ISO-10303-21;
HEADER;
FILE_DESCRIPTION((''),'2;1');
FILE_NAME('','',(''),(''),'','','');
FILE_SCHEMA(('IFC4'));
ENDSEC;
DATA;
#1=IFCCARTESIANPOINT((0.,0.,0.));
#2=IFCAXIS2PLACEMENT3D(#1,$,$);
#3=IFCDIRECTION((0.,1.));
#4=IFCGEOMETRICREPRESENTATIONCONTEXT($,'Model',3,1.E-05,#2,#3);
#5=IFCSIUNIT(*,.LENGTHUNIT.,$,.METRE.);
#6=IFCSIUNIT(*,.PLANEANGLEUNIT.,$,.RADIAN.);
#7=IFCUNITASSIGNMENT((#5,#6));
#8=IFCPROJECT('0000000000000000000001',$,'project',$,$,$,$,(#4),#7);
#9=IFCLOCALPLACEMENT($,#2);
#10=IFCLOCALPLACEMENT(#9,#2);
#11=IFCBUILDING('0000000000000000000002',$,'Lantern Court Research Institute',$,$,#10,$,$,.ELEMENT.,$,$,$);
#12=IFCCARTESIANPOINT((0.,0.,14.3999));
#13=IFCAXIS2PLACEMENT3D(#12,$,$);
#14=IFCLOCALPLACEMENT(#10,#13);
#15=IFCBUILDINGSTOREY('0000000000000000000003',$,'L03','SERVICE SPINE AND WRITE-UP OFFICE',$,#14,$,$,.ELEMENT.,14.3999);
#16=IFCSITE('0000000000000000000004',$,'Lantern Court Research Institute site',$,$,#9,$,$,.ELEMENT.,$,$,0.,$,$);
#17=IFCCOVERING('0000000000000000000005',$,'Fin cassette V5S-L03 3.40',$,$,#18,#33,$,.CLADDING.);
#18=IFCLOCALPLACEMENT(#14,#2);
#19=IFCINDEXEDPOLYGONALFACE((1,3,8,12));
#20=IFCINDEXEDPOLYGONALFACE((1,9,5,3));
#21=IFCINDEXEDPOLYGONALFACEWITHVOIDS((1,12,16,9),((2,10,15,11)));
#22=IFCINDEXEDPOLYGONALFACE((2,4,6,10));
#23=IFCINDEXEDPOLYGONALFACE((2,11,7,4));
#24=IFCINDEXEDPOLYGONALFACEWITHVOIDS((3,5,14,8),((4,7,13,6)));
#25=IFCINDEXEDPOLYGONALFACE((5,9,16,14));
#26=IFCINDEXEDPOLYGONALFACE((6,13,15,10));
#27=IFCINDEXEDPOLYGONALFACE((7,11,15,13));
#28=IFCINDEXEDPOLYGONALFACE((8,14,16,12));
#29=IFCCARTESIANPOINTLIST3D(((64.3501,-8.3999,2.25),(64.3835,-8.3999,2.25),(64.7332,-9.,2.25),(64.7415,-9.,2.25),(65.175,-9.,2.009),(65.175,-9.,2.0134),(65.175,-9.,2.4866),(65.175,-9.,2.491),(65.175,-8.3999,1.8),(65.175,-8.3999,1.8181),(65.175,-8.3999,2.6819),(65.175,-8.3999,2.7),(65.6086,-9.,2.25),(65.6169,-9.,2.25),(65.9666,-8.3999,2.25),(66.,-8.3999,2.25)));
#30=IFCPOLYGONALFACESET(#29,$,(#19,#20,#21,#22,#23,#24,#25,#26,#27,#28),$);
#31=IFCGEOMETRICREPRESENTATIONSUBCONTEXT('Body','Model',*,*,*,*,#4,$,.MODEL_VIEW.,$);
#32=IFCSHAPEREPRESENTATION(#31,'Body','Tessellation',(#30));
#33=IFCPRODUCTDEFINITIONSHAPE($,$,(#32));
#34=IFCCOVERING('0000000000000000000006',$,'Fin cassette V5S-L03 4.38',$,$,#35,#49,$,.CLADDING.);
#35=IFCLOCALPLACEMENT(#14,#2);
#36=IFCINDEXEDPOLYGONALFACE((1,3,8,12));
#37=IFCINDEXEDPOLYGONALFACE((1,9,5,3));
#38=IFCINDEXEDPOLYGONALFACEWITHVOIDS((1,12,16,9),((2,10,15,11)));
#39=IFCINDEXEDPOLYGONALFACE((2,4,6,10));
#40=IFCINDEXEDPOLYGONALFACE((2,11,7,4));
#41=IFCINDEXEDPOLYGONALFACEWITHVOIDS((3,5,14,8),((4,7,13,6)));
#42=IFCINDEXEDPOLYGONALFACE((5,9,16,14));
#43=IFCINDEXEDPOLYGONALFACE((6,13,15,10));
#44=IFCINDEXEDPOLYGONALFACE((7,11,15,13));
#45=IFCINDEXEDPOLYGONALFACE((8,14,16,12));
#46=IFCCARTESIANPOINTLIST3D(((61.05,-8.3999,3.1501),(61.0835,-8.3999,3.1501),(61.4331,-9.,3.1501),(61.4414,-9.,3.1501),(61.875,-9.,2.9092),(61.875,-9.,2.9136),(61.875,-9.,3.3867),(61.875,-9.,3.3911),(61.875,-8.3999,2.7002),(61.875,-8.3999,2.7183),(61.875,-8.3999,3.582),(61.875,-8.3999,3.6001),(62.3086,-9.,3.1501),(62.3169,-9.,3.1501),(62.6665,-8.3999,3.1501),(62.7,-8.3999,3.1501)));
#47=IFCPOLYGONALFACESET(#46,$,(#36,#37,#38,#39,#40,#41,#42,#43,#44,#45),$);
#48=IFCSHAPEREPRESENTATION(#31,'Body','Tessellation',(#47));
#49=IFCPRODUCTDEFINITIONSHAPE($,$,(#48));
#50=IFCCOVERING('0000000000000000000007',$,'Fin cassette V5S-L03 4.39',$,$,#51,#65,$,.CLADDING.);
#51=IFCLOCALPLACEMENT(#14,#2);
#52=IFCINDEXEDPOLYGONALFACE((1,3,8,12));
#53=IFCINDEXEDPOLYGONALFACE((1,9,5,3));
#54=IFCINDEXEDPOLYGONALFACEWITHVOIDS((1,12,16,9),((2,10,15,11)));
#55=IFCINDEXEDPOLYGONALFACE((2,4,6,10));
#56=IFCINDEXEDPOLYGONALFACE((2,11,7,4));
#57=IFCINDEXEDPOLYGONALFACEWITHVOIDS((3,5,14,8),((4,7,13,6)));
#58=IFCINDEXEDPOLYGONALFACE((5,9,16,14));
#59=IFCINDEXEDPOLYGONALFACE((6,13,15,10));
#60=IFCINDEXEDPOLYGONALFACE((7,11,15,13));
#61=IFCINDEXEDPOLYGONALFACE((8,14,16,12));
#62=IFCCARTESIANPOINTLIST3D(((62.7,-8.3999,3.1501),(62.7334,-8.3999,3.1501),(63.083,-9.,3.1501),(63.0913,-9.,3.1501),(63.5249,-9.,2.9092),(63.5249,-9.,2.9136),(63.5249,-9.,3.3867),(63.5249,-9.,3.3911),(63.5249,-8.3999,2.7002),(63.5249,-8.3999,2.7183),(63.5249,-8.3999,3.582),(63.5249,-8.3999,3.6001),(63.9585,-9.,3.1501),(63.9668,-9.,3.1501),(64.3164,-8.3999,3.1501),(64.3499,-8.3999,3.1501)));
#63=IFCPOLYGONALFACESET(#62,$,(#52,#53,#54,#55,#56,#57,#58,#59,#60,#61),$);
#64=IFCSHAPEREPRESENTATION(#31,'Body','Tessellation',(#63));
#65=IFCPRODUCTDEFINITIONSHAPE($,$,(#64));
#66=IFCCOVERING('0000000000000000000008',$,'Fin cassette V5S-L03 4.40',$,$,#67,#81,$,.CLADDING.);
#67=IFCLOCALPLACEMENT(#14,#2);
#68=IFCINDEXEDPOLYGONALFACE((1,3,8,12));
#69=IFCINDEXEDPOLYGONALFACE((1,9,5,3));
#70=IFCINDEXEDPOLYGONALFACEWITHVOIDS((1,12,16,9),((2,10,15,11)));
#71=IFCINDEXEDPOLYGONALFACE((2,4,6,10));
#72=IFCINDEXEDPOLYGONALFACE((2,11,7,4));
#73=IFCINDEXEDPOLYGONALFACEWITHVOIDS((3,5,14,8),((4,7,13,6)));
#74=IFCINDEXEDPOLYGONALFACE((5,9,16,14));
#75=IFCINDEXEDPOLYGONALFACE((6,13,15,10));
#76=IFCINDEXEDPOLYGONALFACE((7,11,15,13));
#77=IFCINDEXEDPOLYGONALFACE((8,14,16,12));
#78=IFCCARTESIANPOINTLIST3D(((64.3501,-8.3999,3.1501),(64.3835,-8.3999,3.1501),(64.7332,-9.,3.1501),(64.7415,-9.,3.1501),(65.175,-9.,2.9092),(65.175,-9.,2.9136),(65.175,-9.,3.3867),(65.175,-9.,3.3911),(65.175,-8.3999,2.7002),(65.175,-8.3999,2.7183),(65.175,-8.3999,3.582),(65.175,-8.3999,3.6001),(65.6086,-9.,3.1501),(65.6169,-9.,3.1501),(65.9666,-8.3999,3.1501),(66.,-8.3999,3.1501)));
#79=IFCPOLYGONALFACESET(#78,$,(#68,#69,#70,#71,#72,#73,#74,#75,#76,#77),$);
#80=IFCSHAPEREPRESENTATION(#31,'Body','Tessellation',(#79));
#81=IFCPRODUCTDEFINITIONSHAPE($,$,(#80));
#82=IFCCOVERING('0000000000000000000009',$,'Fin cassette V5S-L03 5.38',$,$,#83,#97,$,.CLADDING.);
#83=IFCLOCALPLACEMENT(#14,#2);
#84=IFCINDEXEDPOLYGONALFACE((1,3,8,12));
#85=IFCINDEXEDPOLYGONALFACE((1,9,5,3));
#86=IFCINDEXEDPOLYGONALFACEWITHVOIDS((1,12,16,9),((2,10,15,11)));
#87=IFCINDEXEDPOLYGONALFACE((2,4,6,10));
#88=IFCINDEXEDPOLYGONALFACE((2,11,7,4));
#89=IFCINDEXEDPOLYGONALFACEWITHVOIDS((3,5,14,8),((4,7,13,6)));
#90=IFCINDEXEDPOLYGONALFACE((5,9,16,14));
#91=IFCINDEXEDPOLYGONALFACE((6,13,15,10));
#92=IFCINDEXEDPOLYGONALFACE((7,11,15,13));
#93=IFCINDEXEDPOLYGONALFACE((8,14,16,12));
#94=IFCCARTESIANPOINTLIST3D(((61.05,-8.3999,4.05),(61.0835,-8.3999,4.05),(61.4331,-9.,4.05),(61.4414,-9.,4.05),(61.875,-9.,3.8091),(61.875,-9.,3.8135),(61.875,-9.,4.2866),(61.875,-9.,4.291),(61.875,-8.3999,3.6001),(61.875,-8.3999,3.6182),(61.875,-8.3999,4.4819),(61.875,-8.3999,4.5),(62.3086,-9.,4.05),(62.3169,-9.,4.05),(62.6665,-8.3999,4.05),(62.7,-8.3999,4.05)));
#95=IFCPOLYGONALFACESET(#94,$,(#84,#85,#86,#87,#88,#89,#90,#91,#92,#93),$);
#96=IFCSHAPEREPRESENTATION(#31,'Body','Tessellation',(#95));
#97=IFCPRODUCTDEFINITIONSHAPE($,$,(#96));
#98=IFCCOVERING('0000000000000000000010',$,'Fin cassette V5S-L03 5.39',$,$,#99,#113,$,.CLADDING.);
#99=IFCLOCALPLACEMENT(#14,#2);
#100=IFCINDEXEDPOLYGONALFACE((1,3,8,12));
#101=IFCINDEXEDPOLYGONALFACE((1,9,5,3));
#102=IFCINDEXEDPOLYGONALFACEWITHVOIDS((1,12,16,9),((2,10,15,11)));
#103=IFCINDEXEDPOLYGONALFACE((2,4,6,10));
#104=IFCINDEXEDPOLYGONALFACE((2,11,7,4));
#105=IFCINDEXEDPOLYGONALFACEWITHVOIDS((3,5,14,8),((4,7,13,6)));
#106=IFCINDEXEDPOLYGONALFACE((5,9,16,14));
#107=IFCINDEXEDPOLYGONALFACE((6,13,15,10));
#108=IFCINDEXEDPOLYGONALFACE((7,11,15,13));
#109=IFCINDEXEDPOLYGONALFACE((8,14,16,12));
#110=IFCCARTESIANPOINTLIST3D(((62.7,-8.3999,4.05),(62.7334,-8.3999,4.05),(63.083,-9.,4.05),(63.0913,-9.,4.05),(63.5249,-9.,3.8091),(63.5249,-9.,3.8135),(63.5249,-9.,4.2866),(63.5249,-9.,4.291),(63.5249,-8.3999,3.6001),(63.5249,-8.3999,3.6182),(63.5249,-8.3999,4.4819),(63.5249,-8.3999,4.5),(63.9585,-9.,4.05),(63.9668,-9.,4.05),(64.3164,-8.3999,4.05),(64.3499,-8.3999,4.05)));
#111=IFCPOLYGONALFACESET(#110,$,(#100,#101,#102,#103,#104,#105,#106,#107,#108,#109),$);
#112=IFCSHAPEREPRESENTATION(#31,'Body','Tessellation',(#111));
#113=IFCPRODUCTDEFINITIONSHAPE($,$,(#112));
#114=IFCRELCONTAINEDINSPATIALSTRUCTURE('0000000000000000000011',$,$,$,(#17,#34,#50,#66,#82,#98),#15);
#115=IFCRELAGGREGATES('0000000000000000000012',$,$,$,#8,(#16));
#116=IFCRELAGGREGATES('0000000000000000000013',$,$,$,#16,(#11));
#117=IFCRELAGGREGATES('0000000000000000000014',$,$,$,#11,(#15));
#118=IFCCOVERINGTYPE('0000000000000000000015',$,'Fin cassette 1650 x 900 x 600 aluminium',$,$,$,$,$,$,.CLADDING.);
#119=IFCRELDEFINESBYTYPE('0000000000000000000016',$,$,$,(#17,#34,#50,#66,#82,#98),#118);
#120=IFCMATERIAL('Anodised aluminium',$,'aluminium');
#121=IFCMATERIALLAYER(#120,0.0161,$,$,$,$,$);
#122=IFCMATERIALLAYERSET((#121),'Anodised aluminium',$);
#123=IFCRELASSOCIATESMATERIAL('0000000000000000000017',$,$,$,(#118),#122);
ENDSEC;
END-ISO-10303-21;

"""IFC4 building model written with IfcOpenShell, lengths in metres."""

from ifc_helpers import new_model, entity, si_unit, direction, frame, origin, place, context, subcontext, project, spatial, material, layer, layer_set, type_object, element, save


model = new_model("IFC4")

# Units and contexts
model_context = context("Model", 3, precision=1e-05, world=origin(), true_north=direction((0.0, 1.0)))
body_context = subcontext(model_context, "Body", "Model", "MODEL_VIEW")
ifc_project = project(units=[si_unit("LENGTHUNIT", "METRE"), si_unit("PLANEANGLEUNIT", "RADIAN")], contexts=[model_context])

# Site, building, storey
site_placement = place(None, origin())
site = spatial("IfcSite", under=ifc_project, at=site_placement, Name="Lantern Court Research Institute site", CompositionType="ELEMENT", RefElevation=0.0)
building_placement = place(site_placement, origin())
building = spatial("IfcBuilding", under=site, at=building_placement, Name="Lantern Court Research Institute", CompositionType="ELEMENT")
storey_placement = place(building_placement, frame((0.0, 0.0, 14.3999)))
storey = spatial("IfcBuildingStorey", under=building, at=storey_placement, Name="L03", Description="SERVICE SPINE AND WRITE-UP OFFICE", CompositionType="ELEMENT", Elevation=14.3999)

# Coverings
ifc_material_1 = material(Name="Anodised aluminium", Category="aluminium")
ifc_layer_1 = layer(ifc_material_1, 0.0161)
ifc_layer_set_1 = layer_set([ifc_layer_1], Name="Anodised aluminium")
covering_type = type_object("IfcCoveringType", Name="Fin cassette 1650 x 900 x 600 aluminium", PredefinedType="CLADDING", material=ifc_layer_set_1)
covering_1_placement = place(storey_placement, frame((65.175, -8.3999, 2.25), z_axis=(0.0, -1.0, 0.0), x_axis=(1.0, 0.0, 0.0)))
cartesian_point_1 = entity("IfcCartesianPoint", [0.825, 0.0])
cartesian_point_2 = entity("IfcCartesianPoint", [0.7915, 0.0])
cartesian_point_3 = entity("IfcCartesianPoint", [0.4419, 0.0])
cartesian_point_4 = entity("IfcCartesianPoint", [0.4336, 0.0])
element("IfcCovering", 1, at=covering_1_placement, inside=storey, type_object=covering_type, Name="Fin cassette V5S-L03 3.40", PredefinedType="CLADDING", context=body_context, shape_type="SweptSolid", body=[
    entity("IfcExtrudedAreaSolidTapered", entity("IfcArbitraryProfileDefWithVoids", "AREA", None, entity("IfcPolyline", [cartesian_point_1, entity("IfcCartesianPoint", [0.0, 0.45]), entity("IfcCartesianPoint", [-0.825, 0.0]), entity("IfcCartesianPoint", [0.0, -0.45]), cartesian_point_1]), [entity("IfcPolyline", [cartesian_point_2, entity("IfcCartesianPoint", [0.0, 0.4319]), entity("IfcCartesianPoint", [-0.7915, 0.0]), entity("IfcCartesianPoint", [0.0, -0.4319]), cartesian_point_2])]), entity("IfcAxis2Placement3D", entity("IfcCartesianPoint", [0.0, 0.0, 0.0])), entity("IfcDirection", [0.0, 0.0, 1.0]), 0.6001, entity("IfcArbitraryProfileDefWithVoids", "AREA", None, entity("IfcPolyline", [cartesian_point_3, entity("IfcCartesianPoint", [0.0, 0.241]), entity("IfcCartesianPoint", [-0.4419, 0.0]), entity("IfcCartesianPoint", [0.0, -0.241]), cartesian_point_3]), [entity("IfcPolyline", [cartesian_point_4, entity("IfcCartesianPoint", [0.0, 0.2366]), entity("IfcCartesianPoint", [-0.4336, 0.0]), entity("IfcCartesianPoint", [0.0, -0.2366]), cartesian_point_4])])),
])
covering_2_placement = place(storey_placement, frame((61.875, -8.3999, 3.1501), z_axis=(0.0, -1.0, 0.0), x_axis=(1.0, 0.0, 0.0)))
cartesian_point_5 = entity("IfcCartesianPoint", [0.825, 0.0])
cartesian_point_6 = entity("IfcCartesianPoint", [0.7915, 0.0])
cartesian_point_7 = entity("IfcCartesianPoint", [0.4419, 0.0])
cartesian_point_8 = entity("IfcCartesianPoint", [0.4336, 0.0])
element("IfcCovering", 2, at=covering_2_placement, inside=storey, type_object=covering_type, Name="Fin cassette V5S-L03 4.38", PredefinedType="CLADDING", context=body_context, shape_type="SweptSolid", body=[
    entity("IfcExtrudedAreaSolidTapered", entity("IfcArbitraryProfileDefWithVoids", "AREA", None, entity("IfcPolyline", [cartesian_point_5, entity("IfcCartesianPoint", [0.0, 0.45]), entity("IfcCartesianPoint", [-0.825, 0.0]), entity("IfcCartesianPoint", [0.0, -0.45]), cartesian_point_5]), [entity("IfcPolyline", [cartesian_point_6, entity("IfcCartesianPoint", [0.0, 0.4319]), entity("IfcCartesianPoint", [-0.7915, 0.0]), entity("IfcCartesianPoint", [0.0, -0.4319]), cartesian_point_6])]), entity("IfcAxis2Placement3D", entity("IfcCartesianPoint", [0.0, 0.0, 0.0])), entity("IfcDirection", [0.0, 0.0, 1.0]), 0.6001, entity("IfcArbitraryProfileDefWithVoids", "AREA", None, entity("IfcPolyline", [cartesian_point_7, entity("IfcCartesianPoint", [0.0, 0.241]), entity("IfcCartesianPoint", [-0.4419, 0.0]), entity("IfcCartesianPoint", [0.0, -0.241]), cartesian_point_7]), [entity("IfcPolyline", [cartesian_point_8, entity("IfcCartesianPoint", [0.0, 0.2366]), entity("IfcCartesianPoint", [-0.4336, 0.0]), entity("IfcCartesianPoint", [0.0, -0.2366]), cartesian_point_8])])),
])
covering_3_placement = place(storey_placement, frame((63.5249, -8.3999, 3.1501), z_axis=(0.0, -1.0, 0.0), x_axis=(1.0, 0.0, 0.0)))
cartesian_point_9 = entity("IfcCartesianPoint", [0.825, 0.0])
cartesian_point_10 = entity("IfcCartesianPoint", [0.7915, 0.0])
cartesian_point_11 = entity("IfcCartesianPoint", [0.4419, 0.0])
cartesian_point_12 = entity("IfcCartesianPoint", [0.4336, 0.0])
element("IfcCovering", 3, at=covering_3_placement, inside=storey, type_object=covering_type, Name="Fin cassette V5S-L03 4.39", PredefinedType="CLADDING", context=body_context, shape_type="SweptSolid", body=[
    entity("IfcExtrudedAreaSolidTapered", entity("IfcArbitraryProfileDefWithVoids", "AREA", None, entity("IfcPolyline", [cartesian_point_9, entity("IfcCartesianPoint", [0.0, 0.45]), entity("IfcCartesianPoint", [-0.825, 0.0]), entity("IfcCartesianPoint", [0.0, -0.45]), cartesian_point_9]), [entity("IfcPolyline", [cartesian_point_10, entity("IfcCartesianPoint", [0.0, 0.4319]), entity("IfcCartesianPoint", [-0.7915, 0.0]), entity("IfcCartesianPoint", [0.0, -0.4319]), cartesian_point_10])]), entity("IfcAxis2Placement3D", entity("IfcCartesianPoint", [0.0, 0.0, 0.0])), entity("IfcDirection", [0.0, 0.0, 1.0]), 0.6001, entity("IfcArbitraryProfileDefWithVoids", "AREA", None, entity("IfcPolyline", [cartesian_point_11, entity("IfcCartesianPoint", [0.0, 0.241]), entity("IfcCartesianPoint", [-0.4419, 0.0]), entity("IfcCartesianPoint", [0.0, -0.241]), cartesian_point_11]), [entity("IfcPolyline", [cartesian_point_12, entity("IfcCartesianPoint", [0.0, 0.2366]), entity("IfcCartesianPoint", [-0.4336, 0.0]), entity("IfcCartesianPoint", [0.0, -0.2366]), cartesian_point_12])])),
])
covering_4_placement = place(storey_placement, frame((65.175, -8.3999, 3.1501), z_axis=(0.0, -1.0, 0.0), x_axis=(1.0, 0.0, 0.0)))
cartesian_point_13 = entity("IfcCartesianPoint", [0.825, 0.0])
cartesian_point_14 = entity("IfcCartesianPoint", [0.7915, 0.0])
cartesian_point_15 = entity("IfcCartesianPoint", [0.4419, 0.0])
cartesian_point_16 = entity("IfcCartesianPoint", [0.4336, 0.0])
element("IfcCovering", 4, at=covering_4_placement, inside=storey, type_object=covering_type, Name="Fin cassette V5S-L03 4.40", PredefinedType="CLADDING", context=body_context, shape_type="SweptSolid", body=[
    entity("IfcExtrudedAreaSolidTapered", entity("IfcArbitraryProfileDefWithVoids", "AREA", None, entity("IfcPolyline", [cartesian_point_13, entity("IfcCartesianPoint", [0.0, 0.45]), entity("IfcCartesianPoint", [-0.825, 0.0]), entity("IfcCartesianPoint", [0.0, -0.45]), cartesian_point_13]), [entity("IfcPolyline", [cartesian_point_14, entity("IfcCartesianPoint", [0.0, 0.4319]), entity("IfcCartesianPoint", [-0.7915, 0.0]), entity("IfcCartesianPoint", [0.0, -0.4319]), cartesian_point_14])]), entity("IfcAxis2Placement3D", entity("IfcCartesianPoint", [0.0, 0.0, 0.0])), entity("IfcDirection", [0.0, 0.0, 1.0]), 0.6001, entity("IfcArbitraryProfileDefWithVoids", "AREA", None, entity("IfcPolyline", [cartesian_point_15, entity("IfcCartesianPoint", [0.0, 0.241]), entity("IfcCartesianPoint", [-0.4419, 0.0]), entity("IfcCartesianPoint", [0.0, -0.241]), cartesian_point_15]), [entity("IfcPolyline", [cartesian_point_16, entity("IfcCartesianPoint", [0.0, 0.2366]), entity("IfcCartesianPoint", [-0.4336, 0.0]), entity("IfcCartesianPoint", [0.0, -0.2366]), cartesian_point_16])])),
])
covering_5_placement = place(storey_placement, frame((61.875, -8.3999, 4.05), z_axis=(0.0, -1.0, 0.0), x_axis=(1.0, 0.0, 0.0)))
cartesian_point_17 = entity("IfcCartesianPoint", [0.825, 0.0])
cartesian_point_18 = entity("IfcCartesianPoint", [0.7915, 0.0])
cartesian_point_19 = entity("IfcCartesianPoint", [0.4419, 0.0])
cartesian_point_20 = entity("IfcCartesianPoint", [0.4336, 0.0])
element("IfcCovering", 5, at=covering_5_placement, inside=storey, type_object=covering_type, Name="Fin cassette V5S-L03 5.38", PredefinedType="CLADDING", context=body_context, shape_type="SweptSolid", body=[
    entity("IfcExtrudedAreaSolidTapered", entity("IfcArbitraryProfileDefWithVoids", "AREA", None, entity("IfcPolyline", [cartesian_point_17, entity("IfcCartesianPoint", [0.0, 0.45]), entity("IfcCartesianPoint", [-0.825, 0.0]), entity("IfcCartesianPoint", [0.0, -0.45]), cartesian_point_17]), [entity("IfcPolyline", [cartesian_point_18, entity("IfcCartesianPoint", [0.0, 0.4319]), entity("IfcCartesianPoint", [-0.7915, 0.0]), entity("IfcCartesianPoint", [0.0, -0.4319]), cartesian_point_18])]), entity("IfcAxis2Placement3D", entity("IfcCartesianPoint", [0.0, 0.0, 0.0])), entity("IfcDirection", [0.0, 0.0, 1.0]), 0.6001, entity("IfcArbitraryProfileDefWithVoids", "AREA", None, entity("IfcPolyline", [cartesian_point_19, entity("IfcCartesianPoint", [0.0, 0.241]), entity("IfcCartesianPoint", [-0.4419, 0.0]), entity("IfcCartesianPoint", [0.0, -0.241]), cartesian_point_19]), [entity("IfcPolyline", [cartesian_point_20, entity("IfcCartesianPoint", [0.0, 0.2366]), entity("IfcCartesianPoint", [-0.4336, 0.0]), entity("IfcCartesianPoint", [0.0, -0.2366]), cartesian_point_20])])),
])
covering_6_placement = place(storey_placement, frame((63.5249, -8.3999, 4.05), z_axis=(0.0, -1.0, 0.0), x_axis=(1.0, 0.0, 0.0)))
cartesian_point_21 = entity("IfcCartesianPoint", [0.825, 0.0])
cartesian_point_22 = entity("IfcCartesianPoint", [0.7915, 0.0])
cartesian_point_23 = entity("IfcCartesianPoint", [0.4419, 0.0])
cartesian_point_24 = entity("IfcCartesianPoint", [0.4336, 0.0])
element("IfcCovering", 6, at=covering_6_placement, inside=storey, type_object=covering_type, Name="Fin cassette V5S-L03 5.39", PredefinedType="CLADDING", context=body_context, shape_type="SweptSolid", body=[
    entity("IfcExtrudedAreaSolidTapered", entity("IfcArbitraryProfileDefWithVoids", "AREA", None, entity("IfcPolyline", [cartesian_point_21, entity("IfcCartesianPoint", [0.0, 0.45]), entity("IfcCartesianPoint", [-0.825, 0.0]), entity("IfcCartesianPoint", [0.0, -0.45]), cartesian_point_21]), [entity("IfcPolyline", [cartesian_point_22, entity("IfcCartesianPoint", [0.0, 0.4319]), entity("IfcCartesianPoint", [-0.7915, 0.0]), entity("IfcCartesianPoint", [0.0, -0.4319]), cartesian_point_22])]), entity("IfcAxis2Placement3D", entity("IfcCartesianPoint", [0.0, 0.0, 0.0])), entity("IfcDirection", [0.0, 0.0, 1.0]), 0.6001, entity("IfcArbitraryProfileDefWithVoids", "AREA", None, entity("IfcPolyline", [cartesian_point_23, entity("IfcCartesianPoint", [0.0, 0.241]), entity("IfcCartesianPoint", [-0.4419, 0.0]), entity("IfcCartesianPoint", [0.0, -0.241]), cartesian_point_23]), [entity("IfcPolyline", [cartesian_point_24, entity("IfcCartesianPoint", [0.0, 0.2366]), entity("IfcCartesianPoint", [-0.4336, 0.0]), entity("IfcCartesianPoint", [0.0, -0.2366]), cartesian_point_24])])),
])

save(model, "model.ifc")
